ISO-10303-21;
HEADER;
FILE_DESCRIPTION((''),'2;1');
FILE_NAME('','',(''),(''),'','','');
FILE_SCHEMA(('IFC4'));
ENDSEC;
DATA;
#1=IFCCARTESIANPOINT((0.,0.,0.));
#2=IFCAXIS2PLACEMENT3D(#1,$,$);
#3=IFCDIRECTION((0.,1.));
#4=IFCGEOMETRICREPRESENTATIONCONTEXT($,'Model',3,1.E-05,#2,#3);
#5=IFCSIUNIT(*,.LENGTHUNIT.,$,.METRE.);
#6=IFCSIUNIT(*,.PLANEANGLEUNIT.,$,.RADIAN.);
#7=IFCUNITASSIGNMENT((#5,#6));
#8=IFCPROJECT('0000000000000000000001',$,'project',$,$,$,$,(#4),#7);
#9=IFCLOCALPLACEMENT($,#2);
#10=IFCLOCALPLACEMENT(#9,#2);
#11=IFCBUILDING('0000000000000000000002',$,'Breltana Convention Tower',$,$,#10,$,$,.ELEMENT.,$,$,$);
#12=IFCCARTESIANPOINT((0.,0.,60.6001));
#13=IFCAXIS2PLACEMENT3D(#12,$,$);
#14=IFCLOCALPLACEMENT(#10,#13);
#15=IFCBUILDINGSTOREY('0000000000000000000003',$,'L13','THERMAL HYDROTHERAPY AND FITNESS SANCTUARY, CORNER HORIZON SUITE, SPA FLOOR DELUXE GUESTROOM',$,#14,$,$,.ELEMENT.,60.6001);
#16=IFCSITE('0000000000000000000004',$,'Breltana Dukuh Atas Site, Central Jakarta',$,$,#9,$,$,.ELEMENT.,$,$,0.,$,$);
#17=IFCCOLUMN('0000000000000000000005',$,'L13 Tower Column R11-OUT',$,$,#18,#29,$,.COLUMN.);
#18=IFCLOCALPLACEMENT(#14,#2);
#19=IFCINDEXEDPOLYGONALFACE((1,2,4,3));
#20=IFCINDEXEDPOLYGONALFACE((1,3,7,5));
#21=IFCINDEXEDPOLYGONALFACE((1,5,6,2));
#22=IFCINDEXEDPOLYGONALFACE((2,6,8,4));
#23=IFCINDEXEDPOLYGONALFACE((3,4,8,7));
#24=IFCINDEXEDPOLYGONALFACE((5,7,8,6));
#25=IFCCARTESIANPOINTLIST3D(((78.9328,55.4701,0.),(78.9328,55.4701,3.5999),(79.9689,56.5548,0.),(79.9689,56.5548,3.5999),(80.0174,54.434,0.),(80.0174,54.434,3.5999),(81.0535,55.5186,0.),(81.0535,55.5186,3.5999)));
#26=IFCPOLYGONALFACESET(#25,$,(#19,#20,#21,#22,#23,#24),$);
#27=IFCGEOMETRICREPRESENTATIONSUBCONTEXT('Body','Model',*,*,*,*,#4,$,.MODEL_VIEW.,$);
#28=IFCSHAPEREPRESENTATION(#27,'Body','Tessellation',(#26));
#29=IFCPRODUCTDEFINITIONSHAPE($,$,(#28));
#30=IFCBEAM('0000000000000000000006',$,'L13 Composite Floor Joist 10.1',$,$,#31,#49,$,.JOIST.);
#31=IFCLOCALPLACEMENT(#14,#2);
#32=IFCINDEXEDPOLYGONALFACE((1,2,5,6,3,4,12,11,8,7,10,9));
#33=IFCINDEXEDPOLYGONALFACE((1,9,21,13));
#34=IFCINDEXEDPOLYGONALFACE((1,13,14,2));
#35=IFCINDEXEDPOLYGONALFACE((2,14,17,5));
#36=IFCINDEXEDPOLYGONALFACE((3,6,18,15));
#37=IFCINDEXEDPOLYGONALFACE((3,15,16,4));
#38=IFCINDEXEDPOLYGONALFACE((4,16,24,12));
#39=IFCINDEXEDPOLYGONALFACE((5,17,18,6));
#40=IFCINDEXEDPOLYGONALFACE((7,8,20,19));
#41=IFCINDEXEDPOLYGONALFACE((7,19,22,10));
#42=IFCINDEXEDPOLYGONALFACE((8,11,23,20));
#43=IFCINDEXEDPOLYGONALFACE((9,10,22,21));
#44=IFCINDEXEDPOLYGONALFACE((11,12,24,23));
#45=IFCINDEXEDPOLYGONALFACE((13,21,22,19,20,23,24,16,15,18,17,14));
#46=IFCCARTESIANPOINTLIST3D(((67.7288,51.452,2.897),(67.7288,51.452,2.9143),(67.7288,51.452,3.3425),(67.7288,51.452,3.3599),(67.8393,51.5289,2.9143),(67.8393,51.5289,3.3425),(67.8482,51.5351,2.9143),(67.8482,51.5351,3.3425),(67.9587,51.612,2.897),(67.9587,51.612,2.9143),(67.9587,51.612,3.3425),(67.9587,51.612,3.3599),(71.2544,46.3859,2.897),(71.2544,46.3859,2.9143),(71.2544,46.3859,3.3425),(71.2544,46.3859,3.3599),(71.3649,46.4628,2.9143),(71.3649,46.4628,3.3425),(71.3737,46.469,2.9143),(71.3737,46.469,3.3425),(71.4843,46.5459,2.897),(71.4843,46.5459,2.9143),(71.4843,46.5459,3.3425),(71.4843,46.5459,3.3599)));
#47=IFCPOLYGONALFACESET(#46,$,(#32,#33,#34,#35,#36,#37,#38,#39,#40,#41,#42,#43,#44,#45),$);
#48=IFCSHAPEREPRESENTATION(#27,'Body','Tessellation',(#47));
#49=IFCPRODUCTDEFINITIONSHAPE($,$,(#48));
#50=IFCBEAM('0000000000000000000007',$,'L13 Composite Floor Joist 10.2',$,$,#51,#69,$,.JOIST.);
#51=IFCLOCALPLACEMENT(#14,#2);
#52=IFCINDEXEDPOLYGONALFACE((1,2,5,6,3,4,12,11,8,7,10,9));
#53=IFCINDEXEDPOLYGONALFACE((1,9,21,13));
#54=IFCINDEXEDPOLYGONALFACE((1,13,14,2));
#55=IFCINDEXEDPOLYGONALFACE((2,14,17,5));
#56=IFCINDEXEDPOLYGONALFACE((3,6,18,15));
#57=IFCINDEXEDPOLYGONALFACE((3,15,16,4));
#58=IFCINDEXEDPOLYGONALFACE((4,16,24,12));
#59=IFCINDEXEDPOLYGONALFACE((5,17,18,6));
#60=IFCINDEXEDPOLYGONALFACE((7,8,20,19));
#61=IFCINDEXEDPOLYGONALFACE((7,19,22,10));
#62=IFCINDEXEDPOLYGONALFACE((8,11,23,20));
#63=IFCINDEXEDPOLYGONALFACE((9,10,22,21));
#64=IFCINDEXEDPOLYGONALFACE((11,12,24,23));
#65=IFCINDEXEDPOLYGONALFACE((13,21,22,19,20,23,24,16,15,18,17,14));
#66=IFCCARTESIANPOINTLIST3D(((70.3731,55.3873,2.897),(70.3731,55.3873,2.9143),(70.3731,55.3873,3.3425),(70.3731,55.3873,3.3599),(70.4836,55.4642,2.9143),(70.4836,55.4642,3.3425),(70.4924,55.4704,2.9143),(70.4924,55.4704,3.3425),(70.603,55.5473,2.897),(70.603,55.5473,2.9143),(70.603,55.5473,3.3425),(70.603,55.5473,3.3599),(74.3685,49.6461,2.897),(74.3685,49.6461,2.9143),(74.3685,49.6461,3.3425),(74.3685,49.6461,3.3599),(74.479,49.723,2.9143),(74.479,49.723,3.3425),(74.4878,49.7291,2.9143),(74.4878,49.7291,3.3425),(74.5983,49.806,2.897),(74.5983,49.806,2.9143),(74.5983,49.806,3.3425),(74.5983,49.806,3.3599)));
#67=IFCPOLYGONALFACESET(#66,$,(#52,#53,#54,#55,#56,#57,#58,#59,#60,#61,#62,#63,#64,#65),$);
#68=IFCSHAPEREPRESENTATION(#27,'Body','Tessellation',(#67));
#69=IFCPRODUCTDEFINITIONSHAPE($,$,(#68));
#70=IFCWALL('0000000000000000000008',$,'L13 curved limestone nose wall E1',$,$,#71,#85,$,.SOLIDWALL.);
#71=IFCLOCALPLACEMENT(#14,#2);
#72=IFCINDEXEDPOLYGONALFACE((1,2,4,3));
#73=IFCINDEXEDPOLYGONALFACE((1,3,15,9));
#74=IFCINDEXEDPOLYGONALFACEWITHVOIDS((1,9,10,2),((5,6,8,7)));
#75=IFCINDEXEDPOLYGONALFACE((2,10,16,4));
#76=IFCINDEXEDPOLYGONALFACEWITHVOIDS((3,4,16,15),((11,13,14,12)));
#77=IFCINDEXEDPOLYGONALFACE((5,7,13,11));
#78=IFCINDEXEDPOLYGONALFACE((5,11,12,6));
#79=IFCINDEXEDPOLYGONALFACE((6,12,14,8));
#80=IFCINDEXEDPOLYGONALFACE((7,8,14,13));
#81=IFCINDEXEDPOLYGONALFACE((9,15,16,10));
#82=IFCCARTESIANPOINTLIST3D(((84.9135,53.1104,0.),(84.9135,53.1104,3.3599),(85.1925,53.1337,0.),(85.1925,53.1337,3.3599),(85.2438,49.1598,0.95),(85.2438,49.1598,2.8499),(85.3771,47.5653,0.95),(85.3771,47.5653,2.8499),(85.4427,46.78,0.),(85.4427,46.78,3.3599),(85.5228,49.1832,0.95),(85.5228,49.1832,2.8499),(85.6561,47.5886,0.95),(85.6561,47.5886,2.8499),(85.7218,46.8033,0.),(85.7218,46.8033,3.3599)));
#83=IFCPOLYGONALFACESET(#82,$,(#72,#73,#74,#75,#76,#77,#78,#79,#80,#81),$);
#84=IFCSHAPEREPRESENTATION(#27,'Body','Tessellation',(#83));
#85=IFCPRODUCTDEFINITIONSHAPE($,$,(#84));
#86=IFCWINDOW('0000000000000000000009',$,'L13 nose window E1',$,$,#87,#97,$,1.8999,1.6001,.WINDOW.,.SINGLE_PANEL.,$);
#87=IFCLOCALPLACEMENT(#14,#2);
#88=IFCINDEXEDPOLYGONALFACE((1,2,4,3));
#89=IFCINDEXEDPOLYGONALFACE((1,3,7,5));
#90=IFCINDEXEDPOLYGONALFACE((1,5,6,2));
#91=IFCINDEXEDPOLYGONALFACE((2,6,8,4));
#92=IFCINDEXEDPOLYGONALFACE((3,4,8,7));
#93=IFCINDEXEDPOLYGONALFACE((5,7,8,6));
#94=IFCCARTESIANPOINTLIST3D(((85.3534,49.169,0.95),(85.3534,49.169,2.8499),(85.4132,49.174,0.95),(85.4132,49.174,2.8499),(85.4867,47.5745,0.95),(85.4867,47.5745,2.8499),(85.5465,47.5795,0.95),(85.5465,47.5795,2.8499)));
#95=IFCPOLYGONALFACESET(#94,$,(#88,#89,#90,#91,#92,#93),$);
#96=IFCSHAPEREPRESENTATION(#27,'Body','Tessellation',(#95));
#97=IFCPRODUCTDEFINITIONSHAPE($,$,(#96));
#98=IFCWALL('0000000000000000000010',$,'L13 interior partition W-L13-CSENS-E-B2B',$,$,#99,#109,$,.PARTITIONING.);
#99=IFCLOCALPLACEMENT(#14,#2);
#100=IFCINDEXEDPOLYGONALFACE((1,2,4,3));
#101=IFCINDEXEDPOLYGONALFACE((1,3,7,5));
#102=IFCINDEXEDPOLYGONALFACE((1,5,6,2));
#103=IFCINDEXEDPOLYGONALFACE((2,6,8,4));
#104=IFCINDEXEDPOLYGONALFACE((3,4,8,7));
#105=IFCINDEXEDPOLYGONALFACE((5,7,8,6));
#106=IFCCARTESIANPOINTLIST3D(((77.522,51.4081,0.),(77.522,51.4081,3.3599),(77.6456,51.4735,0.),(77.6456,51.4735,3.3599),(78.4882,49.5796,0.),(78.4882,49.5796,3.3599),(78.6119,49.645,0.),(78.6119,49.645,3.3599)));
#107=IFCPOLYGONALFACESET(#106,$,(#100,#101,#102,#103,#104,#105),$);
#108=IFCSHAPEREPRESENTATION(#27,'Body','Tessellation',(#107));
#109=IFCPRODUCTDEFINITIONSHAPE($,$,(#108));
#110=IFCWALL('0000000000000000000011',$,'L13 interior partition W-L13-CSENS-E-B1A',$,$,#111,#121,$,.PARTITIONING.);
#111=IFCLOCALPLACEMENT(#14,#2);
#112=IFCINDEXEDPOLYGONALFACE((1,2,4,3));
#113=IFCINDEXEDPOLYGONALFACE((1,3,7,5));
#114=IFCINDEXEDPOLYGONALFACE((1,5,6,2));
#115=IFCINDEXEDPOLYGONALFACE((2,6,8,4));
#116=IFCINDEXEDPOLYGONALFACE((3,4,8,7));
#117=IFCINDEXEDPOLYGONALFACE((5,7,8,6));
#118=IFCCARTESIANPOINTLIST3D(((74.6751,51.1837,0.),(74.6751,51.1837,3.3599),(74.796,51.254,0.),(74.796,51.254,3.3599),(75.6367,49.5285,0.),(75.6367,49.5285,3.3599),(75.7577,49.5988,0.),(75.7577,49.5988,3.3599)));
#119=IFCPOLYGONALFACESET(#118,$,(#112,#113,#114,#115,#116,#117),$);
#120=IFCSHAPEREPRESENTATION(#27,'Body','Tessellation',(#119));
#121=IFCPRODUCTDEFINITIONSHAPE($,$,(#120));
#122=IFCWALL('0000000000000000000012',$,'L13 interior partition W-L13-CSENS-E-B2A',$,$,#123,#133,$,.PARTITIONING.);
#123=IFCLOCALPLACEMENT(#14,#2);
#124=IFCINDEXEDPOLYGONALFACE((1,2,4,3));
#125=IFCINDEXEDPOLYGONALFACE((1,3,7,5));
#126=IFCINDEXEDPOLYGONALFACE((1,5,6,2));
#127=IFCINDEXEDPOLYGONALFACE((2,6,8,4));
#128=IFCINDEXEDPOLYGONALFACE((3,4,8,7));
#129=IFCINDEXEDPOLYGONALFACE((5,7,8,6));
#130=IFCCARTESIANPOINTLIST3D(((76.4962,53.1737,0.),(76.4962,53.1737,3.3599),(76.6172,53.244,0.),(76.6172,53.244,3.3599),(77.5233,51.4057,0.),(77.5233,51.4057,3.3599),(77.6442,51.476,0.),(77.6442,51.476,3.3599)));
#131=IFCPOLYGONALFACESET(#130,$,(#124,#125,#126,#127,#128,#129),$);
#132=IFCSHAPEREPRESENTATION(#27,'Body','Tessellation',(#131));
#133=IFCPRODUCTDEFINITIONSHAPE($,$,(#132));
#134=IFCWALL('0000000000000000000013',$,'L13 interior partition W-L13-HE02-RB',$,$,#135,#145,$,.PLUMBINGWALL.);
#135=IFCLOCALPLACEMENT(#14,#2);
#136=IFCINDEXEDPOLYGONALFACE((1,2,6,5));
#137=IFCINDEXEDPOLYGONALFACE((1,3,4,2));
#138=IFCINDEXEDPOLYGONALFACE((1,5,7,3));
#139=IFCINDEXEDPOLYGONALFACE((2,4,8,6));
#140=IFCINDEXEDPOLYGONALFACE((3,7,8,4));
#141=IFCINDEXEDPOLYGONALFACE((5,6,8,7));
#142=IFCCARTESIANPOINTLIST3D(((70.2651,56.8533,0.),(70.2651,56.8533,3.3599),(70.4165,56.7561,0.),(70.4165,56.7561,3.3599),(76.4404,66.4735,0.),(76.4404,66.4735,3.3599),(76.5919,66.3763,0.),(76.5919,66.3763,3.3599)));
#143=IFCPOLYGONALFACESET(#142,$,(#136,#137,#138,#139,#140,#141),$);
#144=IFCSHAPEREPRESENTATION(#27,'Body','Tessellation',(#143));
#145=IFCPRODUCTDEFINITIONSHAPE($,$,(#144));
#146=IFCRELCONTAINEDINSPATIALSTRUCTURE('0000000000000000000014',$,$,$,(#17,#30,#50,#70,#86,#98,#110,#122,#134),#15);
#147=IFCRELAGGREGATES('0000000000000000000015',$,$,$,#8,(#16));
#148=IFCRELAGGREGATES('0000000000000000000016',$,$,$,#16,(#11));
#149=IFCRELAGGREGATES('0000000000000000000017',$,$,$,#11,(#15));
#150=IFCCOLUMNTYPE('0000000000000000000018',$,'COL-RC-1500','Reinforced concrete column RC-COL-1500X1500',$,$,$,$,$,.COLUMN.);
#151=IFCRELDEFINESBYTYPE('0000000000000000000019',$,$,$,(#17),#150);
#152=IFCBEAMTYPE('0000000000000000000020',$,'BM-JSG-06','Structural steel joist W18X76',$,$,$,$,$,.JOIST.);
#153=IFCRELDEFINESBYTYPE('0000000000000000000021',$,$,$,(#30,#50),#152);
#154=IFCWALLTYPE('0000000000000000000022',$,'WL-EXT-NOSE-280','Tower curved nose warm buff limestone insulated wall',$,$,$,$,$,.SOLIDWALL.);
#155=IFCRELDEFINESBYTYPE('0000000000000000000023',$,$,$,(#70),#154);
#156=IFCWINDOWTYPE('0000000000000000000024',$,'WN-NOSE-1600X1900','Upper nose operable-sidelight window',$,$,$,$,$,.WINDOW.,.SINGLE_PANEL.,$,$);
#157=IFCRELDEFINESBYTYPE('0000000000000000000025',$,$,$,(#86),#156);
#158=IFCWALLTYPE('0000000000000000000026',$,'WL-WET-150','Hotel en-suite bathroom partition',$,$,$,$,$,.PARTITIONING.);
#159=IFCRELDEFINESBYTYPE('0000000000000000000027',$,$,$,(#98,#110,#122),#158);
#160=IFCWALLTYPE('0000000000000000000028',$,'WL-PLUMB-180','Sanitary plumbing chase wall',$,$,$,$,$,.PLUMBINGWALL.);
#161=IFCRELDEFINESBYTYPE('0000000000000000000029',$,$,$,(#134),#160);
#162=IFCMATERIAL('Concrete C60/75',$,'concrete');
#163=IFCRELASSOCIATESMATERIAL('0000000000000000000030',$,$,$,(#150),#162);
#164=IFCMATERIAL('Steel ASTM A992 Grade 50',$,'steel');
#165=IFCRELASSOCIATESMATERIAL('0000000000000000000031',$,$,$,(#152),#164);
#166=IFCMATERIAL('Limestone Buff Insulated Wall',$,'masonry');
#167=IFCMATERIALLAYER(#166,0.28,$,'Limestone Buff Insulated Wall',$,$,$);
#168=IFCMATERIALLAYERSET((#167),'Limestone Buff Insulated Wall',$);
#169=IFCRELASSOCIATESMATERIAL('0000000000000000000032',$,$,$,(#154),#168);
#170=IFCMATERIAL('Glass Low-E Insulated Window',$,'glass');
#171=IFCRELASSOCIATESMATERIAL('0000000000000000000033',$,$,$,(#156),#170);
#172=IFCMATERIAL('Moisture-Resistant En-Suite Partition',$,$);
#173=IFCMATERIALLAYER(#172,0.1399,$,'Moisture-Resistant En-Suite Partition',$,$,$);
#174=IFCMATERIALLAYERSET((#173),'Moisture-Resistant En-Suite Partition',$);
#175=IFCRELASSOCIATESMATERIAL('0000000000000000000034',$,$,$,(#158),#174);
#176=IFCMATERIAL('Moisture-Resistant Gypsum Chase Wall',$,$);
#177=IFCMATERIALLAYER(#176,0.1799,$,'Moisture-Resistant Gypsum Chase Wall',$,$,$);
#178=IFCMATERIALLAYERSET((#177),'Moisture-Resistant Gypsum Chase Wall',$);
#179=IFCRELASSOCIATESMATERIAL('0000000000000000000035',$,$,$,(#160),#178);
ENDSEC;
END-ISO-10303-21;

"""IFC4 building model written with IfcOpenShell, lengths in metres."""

from ifc_helpers import new_model, si_unit, direction, frame, frame_2d, origin, origin_2d, place, context, subcontext, project, spatial, rectangle, i_section, extrude, source, transform, mapped, material, layer, layer_set, material_profile, profile_set, type_object, type_shapes, element, fill, save


model = new_model("IFC4")

# Units and contexts
model_context = context("Model", 3, precision=1e-05, world=origin(), true_north=direction((0.0, 1.0)))
body_context = subcontext(model_context, "Body", "Model", "MODEL_VIEW")
ifc_project = project(units=[si_unit("LENGTHUNIT", "METRE"), si_unit("PLANEANGLEUNIT", "RADIAN")], contexts=[model_context])

# Site, building, storey
site_placement = place(None, origin())
site = spatial("IfcSite", under=ifc_project, at=site_placement, Name="Breltana Dukuh Atas Site, Central Jakarta", CompositionType="ELEMENT", RefElevation=0.0)
building_placement = place(site_placement, origin())
building = spatial("IfcBuilding", under=site, at=building_placement, Name="Breltana Convention Tower", CompositionType="ELEMENT")
storey_placement = place(building_placement, frame((0.0, 0.0, 60.6001)))
storey = spatial("IfcBuildingStorey", under=building, at=storey_placement, Name="L13", Description="THERMAL HYDROTHERAPY AND FITNESS SANCTUARY, CORNER HORIZON SUITE, SPA FLOOR DELUXE GUESTROOM", CompositionType="ELEMENT", Elevation=60.6001)

# Column
ifc_material_1 = material(Name="Concrete C60/75", Category="concrete")
ifc_material_profile_1 = material_profile(ifc_material_1, rectangle(XDim=1.5, YDim=1.5, at=origin_2d()), Name="RC-COL-1500X1500")
ifc_profile_set_1 = profile_set([ifc_material_profile_1], Name="Concrete C60/75")
column_type = type_object("IfcColumnType", Name="COL-RC-1500", Description="Reinforced concrete column RC-COL-1500X1500", PredefinedType="COLUMN", material=ifc_profile_set_1)
shared_shape_1 = source(origin(), body_context, "Body", "SweptSolid", [
    extrude(rectangle(XDim=1.5, YDim=1.5, at=origin_2d()), origin(), (0.0, 0.0, 1.0), 3.5999),
])
column_placement = place(storey_placement, frame((79.9932, 55.4944, 0.0), z_axis=(0.0, 0.0, 1.0), x_axis=(0.690756, 0.723088, 0.0)))
element("IfcColumn", 1, at=column_placement, inside=storey, type_object=column_type, Name="L13 Tower Column R11-OUT", PredefinedType="COLUMN", context=body_context, shape_type="MappedRepresentation", body=[
    mapped(shared_shape_1, transform((0.0, 0.0, 0.0), scale=1.0)),
])

# Beams
ifc_material_2 = material(Name="Steel ASTM A992 Grade 50", Category="steel")
ifc_material_profile_2 = material_profile(ifc_material_2, i_section(OverallWidth=0.28, OverallDepth=0.4629, WebThickness=0.0107, FlangeThickness=0.0173, at=origin_2d()), Name="W18X76")
ifc_profile_set_2 = profile_set([ifc_material_profile_2], Name="Steel ASTM A992 Grade 50")
beam_type = type_object("IfcBeamType", Name="BM-JSG-06", Description="Structural steel joist W18X76", PredefinedType="JOIST", material=ifc_profile_set_2)
shared_shape_2 = source(origin(), body_context, "Body", "SweptSolid", [
    extrude(i_section(OverallWidth=0.28, OverallDepth=0.4629, WebThickness=0.0107, FlangeThickness=0.0173, at=origin_2d()), origin(), (0.0, 0.0, 1.0), 6.1721),
])
beam_1_placement = place(storey_placement, frame((67.8438, 51.532, 3.1284), z_axis=(0.571212, -0.820803, 0.0), x_axis=(0.820803, 0.571212, 0.0)))
element("IfcBeam", 2, at=beam_1_placement, inside=storey, type_object=beam_type, Name="L13 Composite Floor Joist 10.1", PredefinedType="JOIST", context=body_context, shape_type="MappedRepresentation", body=[
    mapped(shared_shape_2, transform((0.0, 0.0, 0.0), scale=1.0)),
])
shared_shape_3 = source(origin(), body_context, "Body", "SweptSolid", [
    extrude(i_section(OverallWidth=0.28, OverallDepth=0.4629, WebThickness=0.0107, FlangeThickness=0.0173, at=origin_2d()), origin(), (0.0, 0.0, 1.0), 6.9946),
])
beam_2_placement = place(storey_placement, frame((70.488, 55.4673, 3.1284), z_axis=(0.571207, -0.820806, 0.0), x_axis=(0.820806, 0.571207, 0.0)))
element("IfcBeam", 3, at=beam_2_placement, inside=storey, type_object=beam_type, Name="L13 Composite Floor Joist 10.2", PredefinedType="JOIST", context=body_context, shape_type="MappedRepresentation", body=[
    mapped(shared_shape_3, transform((0.0, 0.0, 0.0), scale=1.0)),
])

# Wall, opening, window
ifc_material_3 = material(Name="Limestone Buff Insulated Wall", Category="masonry")
ifc_layer_1 = layer(ifc_material_3, 0.28, Name="Limestone Buff Insulated Wall")
ifc_layer_set_1 = layer_set([ifc_layer_1], Name="Limestone Buff Insulated Wall")
wall_type_1 = type_object("IfcWallType", Name="WL-EXT-NOSE-280", Description="Tower curved nose warm buff limestone insulated wall", PredefinedType="SOLIDWALL", material=ifc_layer_set_1)
shared_shape_4 = source(origin(), body_context, "Body", "SweptSolid", [
    extrude(rectangle(XDim=6.3525, YDim=0.28, at=frame_2d((3.1763, 0.0))), origin(), (0.0, 0.0, 1.0), 3.3599),
])
wall_1_placement = place(storey_placement, frame((85.053, 53.1221, 0.0), z_axis=(0.0, 0.0, 1.0), x_axis=(0.083319, -0.996523, 0.0)))
wall_1 = element("IfcWall", 4, at=wall_1_placement, inside=storey, type_object=wall_type_1, Name="L13 curved limestone nose wall E1", PredefinedType="SOLIDWALL", context=body_context, shape_type="MappedRepresentation", body=[
    mapped(shared_shape_4, transform((0.0, 0.0, 0.0), scale=1.0)),
])
opening_1_placement = place(wall_1_placement, frame((3.9644, 0.0, 0.95)))
opening_1 = element("IfcOpeningElement", 5, at=opening_1_placement, cuts=wall_1, PredefinedType="OPENING", context=body_context, shape_type="SweptSolid", body=[
    extrude(rectangle(XDim=1.6001, YDim=1.8999, at=frame_2d((0.8, 0.95))), frame((0.0, 0.1499, 0.0), z_axis=(0.0, -1.0, 0.0), x_axis=(1.0, 0.0, 0.0)), (0.0, 0.0, 1.0), 0.3),
])
ifc_material_4 = material(Name="Glass Low-E Insulated Window", Category="glass")
window_type = type_object("IfcWindowType", Name="WN-NOSE-1600X1900", Description="Upper nose operable-sidelight window", PartitioningType="SINGLE_PANEL", PredefinedType="WINDOW", material=ifc_material_4)
shared_shape_5 = source(origin(), body_context, "Body", "SweptSolid", [
    extrude(rectangle(XDim=1.6001, YDim=1.8999, at=frame_2d((0.8, 0.95))), frame((0.0, 0.03, 0.0), z_axis=(0.0, -1.0, 0.0), x_axis=(1.0, 0.0, 0.0)), (0.0, 0.0, 1.0), 0.0601),
])
type_shapes(window_type, [shared_shape_5])
window_placement = place(opening_1_placement, origin())
window = element("IfcWindow", 6, at=window_placement, inside=storey, type_object=window_type, Name="L13 nose window E1", OverallHeight=1.8999, OverallWidth=1.6001, PartitioningType="SINGLE_PANEL", PredefinedType="WINDOW", context=body_context, shape_type="MappedRepresentation", body=[
    mapped(shared_shape_5, transform((0.0, 0.0, 0.0), scale=1.0)),
])
fill(opening_1, window)

# Walls
ifc_material_5 = material(Name="Moisture-Resistant En-Suite Partition")
ifc_layer_2 = layer(ifc_material_5, 0.1399, Name="Moisture-Resistant En-Suite Partition")
ifc_layer_set_2 = layer_set([ifc_layer_2], Name="Moisture-Resistant En-Suite Partition")
wall_type_2 = type_object("IfcWallType", Name="WL-WET-150", Description="Hotel en-suite bathroom partition", PredefinedType="PARTITIONING", material=ifc_layer_set_2)
shared_shape_6 = source(origin(), body_context, "Body", "SweptSolid", [
    extrude(rectangle(XDim=2.0681, YDim=0.1399, at=frame_2d((1.0342, 0.0))), origin(), (0.0, 0.0, 1.0), 3.3599),
])
wall_2_placement = place(storey_placement, frame((77.5837, 51.4409, 0.0), z_axis=(0.0, 0.0, 1.0), x_axis=(0.467215, -0.884144, 0.0)))
element("IfcWall", 7, at=wall_2_placement, inside=storey, type_object=wall_type_2, Name="L13 interior partition W-L13-CSENS-E-B2B", PredefinedType="PARTITIONING", context=body_context, shape_type="MappedRepresentation", body=[
    mapped(shared_shape_6, transform((0.0, 0.0, 0.0), scale=1.0)),
])
shared_shape_7 = source(origin(), body_context, "Body", "SweptSolid", [
    extrude(rectangle(XDim=1.9143, YDim=0.1399, at=frame_2d((0.957, 0.0))), origin(), (0.0, 0.0, 1.0), 3.3599),
])
wall_3_placement = place(storey_placement, frame((74.7356, 51.2188, 0.0), z_axis=(0.0, 0.0, 1.0), x_axis=(0.502348, -0.864666, 0.0)))
element("IfcWall", 8, at=wall_3_placement, inside=storey, type_object=wall_type_2, Name="L13 interior partition W-L13-CSENS-E-B1A", PredefinedType="PARTITIONING", context=body_context, shape_type="MappedRepresentation", body=[
    mapped(shared_shape_7, transform((0.0, 0.0, 0.0), scale=1.0)),
])
shared_shape_8 = source(origin(), body_context, "Body", "SweptSolid", [
    extrude(rectangle(XDim=2.0447, YDim=0.1399, at=frame_2d((1.0225, 0.0))), origin(), (0.0, 0.0, 1.0), 3.3599),
])
wall_4_placement = place(storey_placement, frame((76.5566, 53.209, 0.0), z_axis=(0.0, 0.0, 1.0), x_axis=(0.502311, -0.864687, 0.0)))
element("IfcWall", 9, at=wall_4_placement, inside=storey, type_object=wall_type_2, Name="L13 interior partition W-L13-CSENS-E-B2A", PredefinedType="PARTITIONING", context=body_context, shape_type="MappedRepresentation", body=[
    mapped(shared_shape_8, transform((0.0, 0.0, 0.0), scale=1.0)),
])
ifc_material_6 = material(Name="Moisture-Resistant Gypsum Chase Wall")
ifc_layer_3 = layer(ifc_material_6, 0.1799, Name="Moisture-Resistant Gypsum Chase Wall")
ifc_layer_set_3 = layer_set([ifc_layer_3], Name="Moisture-Resistant Gypsum Chase Wall")
wall_type_3 = type_object("IfcWallType", Name="WL-PLUMB-180", Description="Sanitary plumbing chase wall", PredefinedType="PLUMBINGWALL", material=ifc_layer_set_3)
shared_shape_9 = source(origin(), body_context, "Body", "SweptSolid", [
    extrude(rectangle(XDim=11.4316, YDim=0.1799, at=frame_2d((5.7158, 0.0))), origin(), (0.0, 0.0, 1.0), 3.3599),
])
wall_5_placement = place(storey_placement, frame((70.3408, 56.8047, 0.0), z_axis=(0.0, 0.0, 1.0), x_axis=(0.540196, 0.841539, 0.0)))
element("IfcWall", 10, at=wall_5_placement, inside=storey, type_object=wall_type_3, Name="L13 interior partition W-L13-HE02-RB", PredefinedType="PLUMBINGWALL", context=body_context, shape_type="MappedRepresentation", body=[
    mapped(shared_shape_9, transform((0.0, 0.0, 0.0), scale=1.0)),
])

save(model, "model.ifc")
